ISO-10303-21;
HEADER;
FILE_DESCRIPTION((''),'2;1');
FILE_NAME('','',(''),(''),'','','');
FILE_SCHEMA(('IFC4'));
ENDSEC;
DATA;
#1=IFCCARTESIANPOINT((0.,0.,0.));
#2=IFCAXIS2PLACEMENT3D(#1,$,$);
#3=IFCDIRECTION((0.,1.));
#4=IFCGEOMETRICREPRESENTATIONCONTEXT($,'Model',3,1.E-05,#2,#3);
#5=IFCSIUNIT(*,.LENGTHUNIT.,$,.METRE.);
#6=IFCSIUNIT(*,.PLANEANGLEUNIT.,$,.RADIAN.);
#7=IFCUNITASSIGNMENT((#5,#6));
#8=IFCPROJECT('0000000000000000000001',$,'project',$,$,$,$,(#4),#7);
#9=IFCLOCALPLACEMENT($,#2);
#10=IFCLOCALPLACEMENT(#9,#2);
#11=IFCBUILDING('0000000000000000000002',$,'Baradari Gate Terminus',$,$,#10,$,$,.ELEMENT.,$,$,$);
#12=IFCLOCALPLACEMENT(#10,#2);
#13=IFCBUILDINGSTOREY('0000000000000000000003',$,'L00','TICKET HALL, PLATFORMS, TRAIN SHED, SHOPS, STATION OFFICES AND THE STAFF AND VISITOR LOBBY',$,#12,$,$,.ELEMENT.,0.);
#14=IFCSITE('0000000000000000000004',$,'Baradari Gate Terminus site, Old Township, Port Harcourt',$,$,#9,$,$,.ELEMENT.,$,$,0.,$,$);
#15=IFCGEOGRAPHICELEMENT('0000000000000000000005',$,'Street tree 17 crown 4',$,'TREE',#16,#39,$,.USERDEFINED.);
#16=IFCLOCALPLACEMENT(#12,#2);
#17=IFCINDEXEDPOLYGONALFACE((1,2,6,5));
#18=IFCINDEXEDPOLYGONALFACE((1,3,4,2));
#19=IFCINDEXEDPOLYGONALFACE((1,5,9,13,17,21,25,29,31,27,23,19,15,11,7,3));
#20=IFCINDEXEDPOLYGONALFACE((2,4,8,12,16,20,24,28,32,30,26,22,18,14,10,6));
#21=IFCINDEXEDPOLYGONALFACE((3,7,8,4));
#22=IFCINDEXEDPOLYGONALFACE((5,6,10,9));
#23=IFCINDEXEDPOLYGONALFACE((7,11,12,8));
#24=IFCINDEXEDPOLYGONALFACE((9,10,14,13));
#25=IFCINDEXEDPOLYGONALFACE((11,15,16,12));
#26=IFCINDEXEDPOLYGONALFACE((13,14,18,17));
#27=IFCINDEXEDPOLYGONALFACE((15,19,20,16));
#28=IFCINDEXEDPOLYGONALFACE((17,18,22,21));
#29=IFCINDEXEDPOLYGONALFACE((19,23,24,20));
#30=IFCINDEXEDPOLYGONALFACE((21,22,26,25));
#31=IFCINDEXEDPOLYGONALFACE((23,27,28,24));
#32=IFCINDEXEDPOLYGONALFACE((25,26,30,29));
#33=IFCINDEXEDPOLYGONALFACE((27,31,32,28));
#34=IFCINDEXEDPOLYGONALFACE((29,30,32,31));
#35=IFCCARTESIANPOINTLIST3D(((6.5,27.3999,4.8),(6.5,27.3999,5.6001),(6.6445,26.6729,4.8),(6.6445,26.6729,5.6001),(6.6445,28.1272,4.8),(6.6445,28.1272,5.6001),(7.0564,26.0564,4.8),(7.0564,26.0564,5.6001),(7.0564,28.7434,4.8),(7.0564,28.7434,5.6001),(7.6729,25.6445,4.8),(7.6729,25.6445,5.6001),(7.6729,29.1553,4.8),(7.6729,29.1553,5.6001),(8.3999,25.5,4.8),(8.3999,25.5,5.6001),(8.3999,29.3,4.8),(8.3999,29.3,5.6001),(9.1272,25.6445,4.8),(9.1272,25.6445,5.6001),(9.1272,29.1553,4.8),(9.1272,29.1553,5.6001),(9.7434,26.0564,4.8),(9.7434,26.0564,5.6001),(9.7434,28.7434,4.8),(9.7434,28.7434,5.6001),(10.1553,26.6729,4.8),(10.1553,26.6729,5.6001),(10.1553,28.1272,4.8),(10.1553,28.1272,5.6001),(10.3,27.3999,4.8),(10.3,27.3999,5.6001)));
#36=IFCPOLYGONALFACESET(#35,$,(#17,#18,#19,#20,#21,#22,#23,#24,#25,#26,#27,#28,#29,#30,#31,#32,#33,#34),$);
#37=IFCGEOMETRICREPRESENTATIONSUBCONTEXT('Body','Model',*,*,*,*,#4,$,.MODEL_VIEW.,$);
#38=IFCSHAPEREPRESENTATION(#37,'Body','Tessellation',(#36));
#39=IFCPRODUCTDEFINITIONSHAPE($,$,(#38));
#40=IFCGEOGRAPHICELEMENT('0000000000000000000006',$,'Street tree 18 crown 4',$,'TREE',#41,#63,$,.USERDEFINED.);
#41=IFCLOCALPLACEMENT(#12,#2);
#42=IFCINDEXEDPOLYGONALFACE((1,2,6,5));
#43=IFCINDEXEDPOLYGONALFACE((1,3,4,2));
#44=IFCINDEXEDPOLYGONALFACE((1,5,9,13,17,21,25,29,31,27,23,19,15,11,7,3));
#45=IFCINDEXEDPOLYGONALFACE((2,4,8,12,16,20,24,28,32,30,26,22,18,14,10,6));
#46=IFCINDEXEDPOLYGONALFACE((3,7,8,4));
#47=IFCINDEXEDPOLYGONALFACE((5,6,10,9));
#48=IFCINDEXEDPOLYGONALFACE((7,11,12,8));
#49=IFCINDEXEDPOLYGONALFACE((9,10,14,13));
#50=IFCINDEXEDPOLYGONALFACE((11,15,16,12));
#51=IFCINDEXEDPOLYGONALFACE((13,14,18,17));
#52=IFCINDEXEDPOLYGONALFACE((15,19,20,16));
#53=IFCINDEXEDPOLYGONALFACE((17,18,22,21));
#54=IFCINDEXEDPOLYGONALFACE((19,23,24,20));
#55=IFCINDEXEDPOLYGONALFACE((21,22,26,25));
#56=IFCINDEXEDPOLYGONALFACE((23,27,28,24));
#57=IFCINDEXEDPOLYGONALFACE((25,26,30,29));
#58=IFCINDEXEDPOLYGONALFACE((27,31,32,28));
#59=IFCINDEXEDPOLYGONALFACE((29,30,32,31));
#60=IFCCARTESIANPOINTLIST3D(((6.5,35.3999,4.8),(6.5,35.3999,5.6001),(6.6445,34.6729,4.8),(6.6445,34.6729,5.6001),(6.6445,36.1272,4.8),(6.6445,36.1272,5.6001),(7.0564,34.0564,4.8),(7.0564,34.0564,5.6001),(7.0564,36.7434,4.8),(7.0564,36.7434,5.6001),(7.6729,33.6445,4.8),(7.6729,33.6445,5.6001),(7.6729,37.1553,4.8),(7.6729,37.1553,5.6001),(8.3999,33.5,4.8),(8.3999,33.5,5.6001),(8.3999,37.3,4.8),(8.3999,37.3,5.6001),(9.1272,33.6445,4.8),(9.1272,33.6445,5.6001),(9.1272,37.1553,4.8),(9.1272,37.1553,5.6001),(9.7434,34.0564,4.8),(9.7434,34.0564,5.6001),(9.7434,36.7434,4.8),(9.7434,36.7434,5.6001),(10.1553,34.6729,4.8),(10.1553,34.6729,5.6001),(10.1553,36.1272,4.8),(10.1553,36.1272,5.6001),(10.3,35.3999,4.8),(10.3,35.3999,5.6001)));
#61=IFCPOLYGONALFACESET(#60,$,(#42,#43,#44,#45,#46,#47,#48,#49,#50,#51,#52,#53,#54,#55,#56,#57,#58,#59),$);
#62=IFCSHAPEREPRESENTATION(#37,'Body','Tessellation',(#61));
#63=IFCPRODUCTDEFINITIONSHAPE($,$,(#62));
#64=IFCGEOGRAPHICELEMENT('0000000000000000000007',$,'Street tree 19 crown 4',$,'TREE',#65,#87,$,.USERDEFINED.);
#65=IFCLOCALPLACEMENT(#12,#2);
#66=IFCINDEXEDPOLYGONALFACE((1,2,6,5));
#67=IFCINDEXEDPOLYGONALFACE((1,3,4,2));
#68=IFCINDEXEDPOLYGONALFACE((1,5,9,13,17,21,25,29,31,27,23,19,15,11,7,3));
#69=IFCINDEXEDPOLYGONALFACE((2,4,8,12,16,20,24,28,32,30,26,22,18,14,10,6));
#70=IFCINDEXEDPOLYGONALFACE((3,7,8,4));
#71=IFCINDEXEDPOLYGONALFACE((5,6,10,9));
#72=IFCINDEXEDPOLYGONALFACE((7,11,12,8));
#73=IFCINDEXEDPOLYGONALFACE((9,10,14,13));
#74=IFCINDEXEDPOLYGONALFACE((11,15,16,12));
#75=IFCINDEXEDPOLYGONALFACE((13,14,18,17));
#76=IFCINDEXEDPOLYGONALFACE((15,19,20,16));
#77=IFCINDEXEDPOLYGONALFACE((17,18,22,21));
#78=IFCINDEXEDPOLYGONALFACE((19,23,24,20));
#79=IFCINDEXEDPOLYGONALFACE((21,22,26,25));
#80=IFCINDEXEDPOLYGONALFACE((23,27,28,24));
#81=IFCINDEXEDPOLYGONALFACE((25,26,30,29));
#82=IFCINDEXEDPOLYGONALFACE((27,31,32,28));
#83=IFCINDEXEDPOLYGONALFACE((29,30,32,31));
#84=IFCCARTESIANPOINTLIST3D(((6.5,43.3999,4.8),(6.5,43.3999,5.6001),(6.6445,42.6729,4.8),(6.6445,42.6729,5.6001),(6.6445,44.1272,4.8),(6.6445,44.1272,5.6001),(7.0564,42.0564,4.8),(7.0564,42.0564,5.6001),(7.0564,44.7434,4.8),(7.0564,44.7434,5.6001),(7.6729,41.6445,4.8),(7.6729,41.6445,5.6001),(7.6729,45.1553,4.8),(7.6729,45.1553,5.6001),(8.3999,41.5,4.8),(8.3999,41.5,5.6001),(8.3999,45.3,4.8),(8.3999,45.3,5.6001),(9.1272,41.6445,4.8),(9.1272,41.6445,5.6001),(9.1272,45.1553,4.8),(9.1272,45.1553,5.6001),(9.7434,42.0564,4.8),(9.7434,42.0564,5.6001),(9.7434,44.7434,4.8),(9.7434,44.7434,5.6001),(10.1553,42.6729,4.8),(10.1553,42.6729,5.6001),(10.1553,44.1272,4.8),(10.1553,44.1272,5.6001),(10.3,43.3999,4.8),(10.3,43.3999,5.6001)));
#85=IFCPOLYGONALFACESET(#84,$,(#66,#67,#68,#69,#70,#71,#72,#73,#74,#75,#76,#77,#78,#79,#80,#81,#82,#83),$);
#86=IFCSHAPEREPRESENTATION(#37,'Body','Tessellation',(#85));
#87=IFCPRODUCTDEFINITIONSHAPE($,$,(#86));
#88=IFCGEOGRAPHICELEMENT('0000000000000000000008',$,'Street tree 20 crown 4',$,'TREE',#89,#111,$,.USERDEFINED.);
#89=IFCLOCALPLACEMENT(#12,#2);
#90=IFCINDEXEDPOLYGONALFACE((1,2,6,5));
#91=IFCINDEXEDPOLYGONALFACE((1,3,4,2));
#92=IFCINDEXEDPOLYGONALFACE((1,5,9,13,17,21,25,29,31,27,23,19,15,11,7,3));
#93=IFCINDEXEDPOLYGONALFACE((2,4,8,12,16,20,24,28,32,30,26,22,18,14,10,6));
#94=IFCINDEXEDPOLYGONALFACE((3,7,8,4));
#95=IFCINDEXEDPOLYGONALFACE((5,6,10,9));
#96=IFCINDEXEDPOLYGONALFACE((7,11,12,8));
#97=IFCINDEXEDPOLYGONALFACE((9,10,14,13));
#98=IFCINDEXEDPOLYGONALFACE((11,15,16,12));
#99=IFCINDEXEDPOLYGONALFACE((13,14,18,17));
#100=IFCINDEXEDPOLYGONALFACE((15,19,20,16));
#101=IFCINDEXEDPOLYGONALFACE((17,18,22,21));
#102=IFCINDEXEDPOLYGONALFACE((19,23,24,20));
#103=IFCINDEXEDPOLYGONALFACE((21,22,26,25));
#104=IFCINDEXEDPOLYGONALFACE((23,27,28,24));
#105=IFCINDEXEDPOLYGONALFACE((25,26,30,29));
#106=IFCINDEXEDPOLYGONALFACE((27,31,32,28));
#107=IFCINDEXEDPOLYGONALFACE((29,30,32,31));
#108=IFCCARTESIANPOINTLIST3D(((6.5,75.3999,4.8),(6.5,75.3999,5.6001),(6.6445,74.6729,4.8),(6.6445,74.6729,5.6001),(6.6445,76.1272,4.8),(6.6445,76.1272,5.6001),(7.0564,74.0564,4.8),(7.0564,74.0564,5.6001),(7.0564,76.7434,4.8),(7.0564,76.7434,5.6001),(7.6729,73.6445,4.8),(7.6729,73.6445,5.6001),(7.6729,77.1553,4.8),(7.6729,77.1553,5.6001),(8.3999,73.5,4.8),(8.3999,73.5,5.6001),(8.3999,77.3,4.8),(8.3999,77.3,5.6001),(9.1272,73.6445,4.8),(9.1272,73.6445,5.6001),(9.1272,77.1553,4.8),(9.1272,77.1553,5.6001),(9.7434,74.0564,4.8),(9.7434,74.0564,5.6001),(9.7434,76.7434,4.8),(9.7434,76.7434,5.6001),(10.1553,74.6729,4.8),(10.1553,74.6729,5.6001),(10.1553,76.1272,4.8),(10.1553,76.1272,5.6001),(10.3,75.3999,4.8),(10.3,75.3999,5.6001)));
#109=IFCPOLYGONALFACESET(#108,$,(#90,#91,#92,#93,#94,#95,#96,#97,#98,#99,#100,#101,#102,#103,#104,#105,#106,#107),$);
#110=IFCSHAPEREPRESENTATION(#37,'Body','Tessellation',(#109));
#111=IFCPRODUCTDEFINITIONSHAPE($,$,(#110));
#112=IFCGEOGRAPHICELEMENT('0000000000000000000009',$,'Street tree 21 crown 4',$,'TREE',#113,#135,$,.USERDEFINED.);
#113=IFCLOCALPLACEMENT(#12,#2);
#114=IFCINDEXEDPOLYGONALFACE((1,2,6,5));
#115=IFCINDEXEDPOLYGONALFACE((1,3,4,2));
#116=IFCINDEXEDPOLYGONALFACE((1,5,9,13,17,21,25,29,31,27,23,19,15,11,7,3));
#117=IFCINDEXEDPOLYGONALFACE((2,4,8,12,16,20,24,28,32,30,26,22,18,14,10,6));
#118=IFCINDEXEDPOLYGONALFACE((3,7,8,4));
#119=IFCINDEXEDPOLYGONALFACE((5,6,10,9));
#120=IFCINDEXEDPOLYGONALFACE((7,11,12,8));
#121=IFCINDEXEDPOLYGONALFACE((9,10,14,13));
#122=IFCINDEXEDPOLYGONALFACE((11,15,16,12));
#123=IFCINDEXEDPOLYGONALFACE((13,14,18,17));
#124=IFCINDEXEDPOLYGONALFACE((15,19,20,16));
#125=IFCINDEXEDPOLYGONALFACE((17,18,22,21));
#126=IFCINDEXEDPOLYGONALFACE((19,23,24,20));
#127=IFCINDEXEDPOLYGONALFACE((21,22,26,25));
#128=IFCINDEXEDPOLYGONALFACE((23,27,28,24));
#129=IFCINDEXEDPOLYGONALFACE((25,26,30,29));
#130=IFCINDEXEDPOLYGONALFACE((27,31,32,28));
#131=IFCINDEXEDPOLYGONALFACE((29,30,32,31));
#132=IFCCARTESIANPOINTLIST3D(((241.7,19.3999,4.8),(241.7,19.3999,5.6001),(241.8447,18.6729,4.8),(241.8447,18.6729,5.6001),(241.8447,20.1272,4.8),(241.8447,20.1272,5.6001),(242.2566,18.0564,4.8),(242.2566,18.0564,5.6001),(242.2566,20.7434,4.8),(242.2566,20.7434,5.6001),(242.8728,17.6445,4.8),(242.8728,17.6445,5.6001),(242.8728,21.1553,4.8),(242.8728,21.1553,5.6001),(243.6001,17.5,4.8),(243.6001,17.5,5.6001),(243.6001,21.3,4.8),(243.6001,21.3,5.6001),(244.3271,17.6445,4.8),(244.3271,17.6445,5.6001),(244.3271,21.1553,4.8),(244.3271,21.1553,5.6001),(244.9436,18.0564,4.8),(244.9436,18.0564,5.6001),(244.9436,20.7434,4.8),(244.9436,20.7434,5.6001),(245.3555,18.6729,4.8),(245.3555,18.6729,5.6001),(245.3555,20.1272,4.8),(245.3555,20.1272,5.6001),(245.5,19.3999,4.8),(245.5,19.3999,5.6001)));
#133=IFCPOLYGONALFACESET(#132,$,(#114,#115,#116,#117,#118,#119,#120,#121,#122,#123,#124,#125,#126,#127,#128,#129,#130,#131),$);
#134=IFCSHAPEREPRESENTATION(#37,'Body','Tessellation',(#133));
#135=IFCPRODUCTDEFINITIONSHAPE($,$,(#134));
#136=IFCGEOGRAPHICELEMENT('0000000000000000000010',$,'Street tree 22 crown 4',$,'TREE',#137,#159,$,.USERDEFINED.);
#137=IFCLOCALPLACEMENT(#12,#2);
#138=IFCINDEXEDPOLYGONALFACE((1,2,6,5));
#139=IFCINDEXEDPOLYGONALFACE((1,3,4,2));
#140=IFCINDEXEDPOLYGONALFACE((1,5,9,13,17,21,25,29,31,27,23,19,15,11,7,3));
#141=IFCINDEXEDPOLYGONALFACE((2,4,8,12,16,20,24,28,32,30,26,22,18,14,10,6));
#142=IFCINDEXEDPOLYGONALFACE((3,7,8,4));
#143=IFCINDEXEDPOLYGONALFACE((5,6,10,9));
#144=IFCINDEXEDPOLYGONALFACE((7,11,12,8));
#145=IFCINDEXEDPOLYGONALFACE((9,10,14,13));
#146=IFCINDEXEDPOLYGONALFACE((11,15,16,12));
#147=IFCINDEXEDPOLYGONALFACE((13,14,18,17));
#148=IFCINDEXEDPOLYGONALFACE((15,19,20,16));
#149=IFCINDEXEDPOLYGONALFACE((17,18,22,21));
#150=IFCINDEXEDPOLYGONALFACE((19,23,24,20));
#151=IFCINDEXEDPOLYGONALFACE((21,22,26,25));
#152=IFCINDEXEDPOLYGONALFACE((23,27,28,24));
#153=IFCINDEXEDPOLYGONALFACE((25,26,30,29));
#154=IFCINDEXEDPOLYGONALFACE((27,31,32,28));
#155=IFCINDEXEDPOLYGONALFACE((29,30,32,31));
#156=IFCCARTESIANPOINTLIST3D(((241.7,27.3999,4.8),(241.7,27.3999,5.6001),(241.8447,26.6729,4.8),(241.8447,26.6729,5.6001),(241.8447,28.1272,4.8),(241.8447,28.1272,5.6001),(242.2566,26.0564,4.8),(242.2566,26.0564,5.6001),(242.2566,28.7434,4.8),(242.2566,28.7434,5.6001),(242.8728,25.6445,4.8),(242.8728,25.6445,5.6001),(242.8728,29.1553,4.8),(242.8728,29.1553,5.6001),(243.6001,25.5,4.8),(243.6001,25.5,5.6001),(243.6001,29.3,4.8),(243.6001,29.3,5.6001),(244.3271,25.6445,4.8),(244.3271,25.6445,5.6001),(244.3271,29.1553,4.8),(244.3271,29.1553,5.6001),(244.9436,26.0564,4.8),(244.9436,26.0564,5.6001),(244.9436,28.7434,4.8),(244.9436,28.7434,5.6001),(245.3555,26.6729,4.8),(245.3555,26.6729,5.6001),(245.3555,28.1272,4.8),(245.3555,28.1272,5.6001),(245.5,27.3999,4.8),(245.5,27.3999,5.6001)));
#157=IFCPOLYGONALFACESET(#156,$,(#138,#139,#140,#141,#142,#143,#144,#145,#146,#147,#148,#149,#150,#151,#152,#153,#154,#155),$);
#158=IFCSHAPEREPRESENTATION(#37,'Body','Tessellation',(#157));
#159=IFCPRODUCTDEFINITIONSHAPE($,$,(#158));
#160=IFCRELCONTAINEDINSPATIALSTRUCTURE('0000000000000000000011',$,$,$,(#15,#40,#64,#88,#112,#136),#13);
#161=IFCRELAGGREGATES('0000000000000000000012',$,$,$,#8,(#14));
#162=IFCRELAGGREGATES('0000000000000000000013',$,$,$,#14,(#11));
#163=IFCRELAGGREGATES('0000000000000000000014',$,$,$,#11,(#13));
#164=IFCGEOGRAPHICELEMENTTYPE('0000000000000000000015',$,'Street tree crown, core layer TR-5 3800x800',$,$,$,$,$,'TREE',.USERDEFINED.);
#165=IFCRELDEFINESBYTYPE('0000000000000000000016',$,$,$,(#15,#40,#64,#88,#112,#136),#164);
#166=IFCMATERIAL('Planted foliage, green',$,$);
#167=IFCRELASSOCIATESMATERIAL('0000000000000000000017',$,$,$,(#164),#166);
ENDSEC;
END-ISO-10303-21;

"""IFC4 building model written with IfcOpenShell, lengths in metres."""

from ifc_helpers import new_model, si_unit, direction, frame, origin, place, context, subcontext, project, spatial, polyline, outline, extrude, material, type_object, element, save


model = new_model("IFC4")

# Units and contexts
model_context = context("Model", 3, precision=1e-05, world=origin(), true_north=direction((0.0, 1.0)))
body_context = subcontext(model_context, "Body", "Model", "MODEL_VIEW")
ifc_project = project(units=[si_unit("LENGTHUNIT", "METRE"), si_unit("PLANEANGLEUNIT", "RADIAN")], contexts=[model_context])

# Site, building, storey
site_placement = place(None, origin())
site = spatial("IfcSite", under=ifc_project, at=site_placement, Name="Baradari Gate Terminus site, Old Township, Port Harcourt", CompositionType="ELEMENT", RefElevation=0.0)
building_placement = place(site_placement, origin())
building = spatial("IfcBuilding", under=site, at=building_placement, Name="Baradari Gate Terminus", CompositionType="ELEMENT")
storey_placement = place(building_placement, origin())
storey = spatial("IfcBuildingStorey", under=building, at=storey_placement, Name="L00", Description="TICKET HALL, PLATFORMS, TRAIN SHED, SHOPS, STATION OFFICES AND THE STAFF AND VISITOR LOBBY", CompositionType="ELEMENT", Elevation=0.0)

# Geographic elements
ifc_material_1 = material(Name="Planted foliage, green")
geographic_element_type_1 = type_object("IfcGeographicElementType", Name="Street tree crown, core layer TR-5 3800x800", ElementType="TREE", PredefinedType="USERDEFINED", material=ifc_material_1)
geographic_element_1_placement = place(storey_placement, frame((0.0, 0.0, 4.8)))
element("IfcGeographicElement", 1, at=geographic_element_1_placement, inside=storey, type_object=geographic_element_type_1, Name="Street tree 17 crown 4", ObjectType="TREE", PredefinedType="USERDEFINED", context=body_context, shape_type="SweptSolid", body=[
    extrude(outline(polyline([(10.3, 27.3999), (10.1553, 28.1272), (9.7434, 28.7434), (9.1272, 29.1553), (8.3999, 29.3), (7.6729, 29.1553), (7.0564, 28.7434), (6.6445, 28.1272), (6.5, 27.3999), (6.6445, 26.6729), (7.0564, 26.0564), (7.6729, 25.6445), (8.3999, 25.5), (9.1272, 25.6445), (9.7434, 26.0564), (10.1553, 26.6729), (10.3, 27.3999)])), origin(), (0.0, 0.0, 1.0), 0.8),
])
geographic_element_2_placement = place(storey_placement, frame((0.0, 0.0, 4.8)))
element("IfcGeographicElement", 2, at=geographic_element_2_placement, inside=storey, type_object=geographic_element_type_1, Name="Street tree 18 crown 4", ObjectType="TREE", PredefinedType="USERDEFINED", context=body_context, shape_type="SweptSolid", body=[
    extrude(outline(polyline([(10.3, 35.3999), (10.1553, 36.1272), (9.7434, 36.7434), (9.1272, 37.1553), (8.3999, 37.3), (7.6729, 37.1553), (7.0564, 36.7434), (6.6445, 36.1272), (6.5, 35.3999), (6.6445, 34.6729), (7.0564, 34.0564), (7.6729, 33.6445), (8.3999, 33.5), (9.1272, 33.6445), (9.7434, 34.0564), (10.1553, 34.6729), (10.3, 35.3999)])), origin(), (0.0, 0.0, 1.0), 0.8),
])
geographic_element_3_placement = place(storey_placement, frame((0.0, 0.0, 4.8)))
element("IfcGeographicElement", 3, at=geographic_element_3_placement, inside=storey, type_object=geographic_element_type_1, Name="Street tree 19 crown 4", ObjectType="TREE", PredefinedType="USERDEFINED", context=body_context, shape_type="SweptSolid", body=[
    extrude(outline(polyline([(10.3, 43.3999), (10.1553, 44.1272), (9.7434, 44.7434), (9.1272, 45.1553), (8.3999, 45.3), (7.6729, 45.1553), (7.0564, 44.7434), (6.6445, 44.1272), (6.5, 43.3999), (6.6445, 42.6729), (7.0564, 42.0564), (7.6729, 41.6445), (8.3999, 41.5), (9.1272, 41.6445), (9.7434, 42.0564), (10.1553, 42.6729), (10.3, 43.3999)])), origin(), (0.0, 0.0, 1.0), 0.8),
])
geographic_element_4_placement = place(storey_placement, frame((0.0, 0.0, 4.8)))
element("IfcGeographicElement", 4, at=geographic_element_4_placement, inside=storey, type_object=geographic_element_type_1, Name="Street tree 20 crown 4", ObjectType="TREE", PredefinedType="USERDEFINED", context=body_context, shape_type="SweptSolid", body=[
    extrude(outline(polyline([(10.3, 75.3999), (10.1553, 76.1272), (9.7434, 76.7434), (9.1272, 77.1553), (8.3999, 77.3), (7.6729, 77.1553), (7.0564, 76.7434), (6.6445, 76.1272), (6.5, 75.3999), (6.6445, 74.6729), (7.0564, 74.0564), (7.6729, 73.6445), (8.3999, 73.5), (9.1272, 73.6445), (9.7434, 74.0564), (10.1553, 74.6729), (10.3, 75.3999)])), origin(), (0.0, 0.0, 1.0), 0.8),
])
geographic_element_5_placement = place(storey_placement, frame((0.0, 0.0, 4.8)))
element("IfcGeographicElement", 5, at=geographic_element_5_placement, inside=storey, type_object=geographic_element_type_1, Name="Street tree 21 crown 4", ObjectType="TREE", PredefinedType="USERDEFINED", context=body_context, shape_type="SweptSolid", body=[
    extrude(outline(polyline([(245.5, 19.3999), (245.3555, 20.1272), (244.9436, 20.7434), (244.3271, 21.1553), (243.6001, 21.3), (242.8728, 21.1553), (242.2566, 20.7434), (241.8447, 20.1272), (241.7, 19.3999), (241.8447, 18.6729), (242.2566, 18.0564), (242.8728, 17.6445), (243.6001, 17.5), (244.3271, 17.6445), (244.9436, 18.0564), (245.3555, 18.6729), (245.5, 19.3999)])), origin(), (0.0, 0.0, 1.0), 0.8),
])
geographic_element_6_placement = place(storey_placement, frame((0.0, 0.0, 4.8)))
element("IfcGeographicElement", 6, at=geographic_element_6_placement, inside=storey, type_object=geographic_element_type_1, Name="Street tree 22 crown 4", ObjectType="TREE", PredefinedType="USERDEFINED", context=body_context, shape_type="SweptSolid", body=[
    extrude(outline(polyline([(245.5, 27.3999), (245.3555, 28.1272), (244.9436, 28.7434), (244.3271, 29.1553), (243.6001, 29.3), (242.8728, 29.1553), (242.2566, 28.7434), (241.8447, 28.1272), (241.7, 27.3999), (241.8447, 26.6729), (242.2566, 26.0564), (242.8728, 25.6445), (243.6001, 25.5), (244.3271, 25.6445), (244.9436, 26.0564), (245.3555, 26.6729), (245.5, 27.3999)])), origin(), (0.0, 0.0, 1.0), 0.8),
])

save(model, "model.ifc")
